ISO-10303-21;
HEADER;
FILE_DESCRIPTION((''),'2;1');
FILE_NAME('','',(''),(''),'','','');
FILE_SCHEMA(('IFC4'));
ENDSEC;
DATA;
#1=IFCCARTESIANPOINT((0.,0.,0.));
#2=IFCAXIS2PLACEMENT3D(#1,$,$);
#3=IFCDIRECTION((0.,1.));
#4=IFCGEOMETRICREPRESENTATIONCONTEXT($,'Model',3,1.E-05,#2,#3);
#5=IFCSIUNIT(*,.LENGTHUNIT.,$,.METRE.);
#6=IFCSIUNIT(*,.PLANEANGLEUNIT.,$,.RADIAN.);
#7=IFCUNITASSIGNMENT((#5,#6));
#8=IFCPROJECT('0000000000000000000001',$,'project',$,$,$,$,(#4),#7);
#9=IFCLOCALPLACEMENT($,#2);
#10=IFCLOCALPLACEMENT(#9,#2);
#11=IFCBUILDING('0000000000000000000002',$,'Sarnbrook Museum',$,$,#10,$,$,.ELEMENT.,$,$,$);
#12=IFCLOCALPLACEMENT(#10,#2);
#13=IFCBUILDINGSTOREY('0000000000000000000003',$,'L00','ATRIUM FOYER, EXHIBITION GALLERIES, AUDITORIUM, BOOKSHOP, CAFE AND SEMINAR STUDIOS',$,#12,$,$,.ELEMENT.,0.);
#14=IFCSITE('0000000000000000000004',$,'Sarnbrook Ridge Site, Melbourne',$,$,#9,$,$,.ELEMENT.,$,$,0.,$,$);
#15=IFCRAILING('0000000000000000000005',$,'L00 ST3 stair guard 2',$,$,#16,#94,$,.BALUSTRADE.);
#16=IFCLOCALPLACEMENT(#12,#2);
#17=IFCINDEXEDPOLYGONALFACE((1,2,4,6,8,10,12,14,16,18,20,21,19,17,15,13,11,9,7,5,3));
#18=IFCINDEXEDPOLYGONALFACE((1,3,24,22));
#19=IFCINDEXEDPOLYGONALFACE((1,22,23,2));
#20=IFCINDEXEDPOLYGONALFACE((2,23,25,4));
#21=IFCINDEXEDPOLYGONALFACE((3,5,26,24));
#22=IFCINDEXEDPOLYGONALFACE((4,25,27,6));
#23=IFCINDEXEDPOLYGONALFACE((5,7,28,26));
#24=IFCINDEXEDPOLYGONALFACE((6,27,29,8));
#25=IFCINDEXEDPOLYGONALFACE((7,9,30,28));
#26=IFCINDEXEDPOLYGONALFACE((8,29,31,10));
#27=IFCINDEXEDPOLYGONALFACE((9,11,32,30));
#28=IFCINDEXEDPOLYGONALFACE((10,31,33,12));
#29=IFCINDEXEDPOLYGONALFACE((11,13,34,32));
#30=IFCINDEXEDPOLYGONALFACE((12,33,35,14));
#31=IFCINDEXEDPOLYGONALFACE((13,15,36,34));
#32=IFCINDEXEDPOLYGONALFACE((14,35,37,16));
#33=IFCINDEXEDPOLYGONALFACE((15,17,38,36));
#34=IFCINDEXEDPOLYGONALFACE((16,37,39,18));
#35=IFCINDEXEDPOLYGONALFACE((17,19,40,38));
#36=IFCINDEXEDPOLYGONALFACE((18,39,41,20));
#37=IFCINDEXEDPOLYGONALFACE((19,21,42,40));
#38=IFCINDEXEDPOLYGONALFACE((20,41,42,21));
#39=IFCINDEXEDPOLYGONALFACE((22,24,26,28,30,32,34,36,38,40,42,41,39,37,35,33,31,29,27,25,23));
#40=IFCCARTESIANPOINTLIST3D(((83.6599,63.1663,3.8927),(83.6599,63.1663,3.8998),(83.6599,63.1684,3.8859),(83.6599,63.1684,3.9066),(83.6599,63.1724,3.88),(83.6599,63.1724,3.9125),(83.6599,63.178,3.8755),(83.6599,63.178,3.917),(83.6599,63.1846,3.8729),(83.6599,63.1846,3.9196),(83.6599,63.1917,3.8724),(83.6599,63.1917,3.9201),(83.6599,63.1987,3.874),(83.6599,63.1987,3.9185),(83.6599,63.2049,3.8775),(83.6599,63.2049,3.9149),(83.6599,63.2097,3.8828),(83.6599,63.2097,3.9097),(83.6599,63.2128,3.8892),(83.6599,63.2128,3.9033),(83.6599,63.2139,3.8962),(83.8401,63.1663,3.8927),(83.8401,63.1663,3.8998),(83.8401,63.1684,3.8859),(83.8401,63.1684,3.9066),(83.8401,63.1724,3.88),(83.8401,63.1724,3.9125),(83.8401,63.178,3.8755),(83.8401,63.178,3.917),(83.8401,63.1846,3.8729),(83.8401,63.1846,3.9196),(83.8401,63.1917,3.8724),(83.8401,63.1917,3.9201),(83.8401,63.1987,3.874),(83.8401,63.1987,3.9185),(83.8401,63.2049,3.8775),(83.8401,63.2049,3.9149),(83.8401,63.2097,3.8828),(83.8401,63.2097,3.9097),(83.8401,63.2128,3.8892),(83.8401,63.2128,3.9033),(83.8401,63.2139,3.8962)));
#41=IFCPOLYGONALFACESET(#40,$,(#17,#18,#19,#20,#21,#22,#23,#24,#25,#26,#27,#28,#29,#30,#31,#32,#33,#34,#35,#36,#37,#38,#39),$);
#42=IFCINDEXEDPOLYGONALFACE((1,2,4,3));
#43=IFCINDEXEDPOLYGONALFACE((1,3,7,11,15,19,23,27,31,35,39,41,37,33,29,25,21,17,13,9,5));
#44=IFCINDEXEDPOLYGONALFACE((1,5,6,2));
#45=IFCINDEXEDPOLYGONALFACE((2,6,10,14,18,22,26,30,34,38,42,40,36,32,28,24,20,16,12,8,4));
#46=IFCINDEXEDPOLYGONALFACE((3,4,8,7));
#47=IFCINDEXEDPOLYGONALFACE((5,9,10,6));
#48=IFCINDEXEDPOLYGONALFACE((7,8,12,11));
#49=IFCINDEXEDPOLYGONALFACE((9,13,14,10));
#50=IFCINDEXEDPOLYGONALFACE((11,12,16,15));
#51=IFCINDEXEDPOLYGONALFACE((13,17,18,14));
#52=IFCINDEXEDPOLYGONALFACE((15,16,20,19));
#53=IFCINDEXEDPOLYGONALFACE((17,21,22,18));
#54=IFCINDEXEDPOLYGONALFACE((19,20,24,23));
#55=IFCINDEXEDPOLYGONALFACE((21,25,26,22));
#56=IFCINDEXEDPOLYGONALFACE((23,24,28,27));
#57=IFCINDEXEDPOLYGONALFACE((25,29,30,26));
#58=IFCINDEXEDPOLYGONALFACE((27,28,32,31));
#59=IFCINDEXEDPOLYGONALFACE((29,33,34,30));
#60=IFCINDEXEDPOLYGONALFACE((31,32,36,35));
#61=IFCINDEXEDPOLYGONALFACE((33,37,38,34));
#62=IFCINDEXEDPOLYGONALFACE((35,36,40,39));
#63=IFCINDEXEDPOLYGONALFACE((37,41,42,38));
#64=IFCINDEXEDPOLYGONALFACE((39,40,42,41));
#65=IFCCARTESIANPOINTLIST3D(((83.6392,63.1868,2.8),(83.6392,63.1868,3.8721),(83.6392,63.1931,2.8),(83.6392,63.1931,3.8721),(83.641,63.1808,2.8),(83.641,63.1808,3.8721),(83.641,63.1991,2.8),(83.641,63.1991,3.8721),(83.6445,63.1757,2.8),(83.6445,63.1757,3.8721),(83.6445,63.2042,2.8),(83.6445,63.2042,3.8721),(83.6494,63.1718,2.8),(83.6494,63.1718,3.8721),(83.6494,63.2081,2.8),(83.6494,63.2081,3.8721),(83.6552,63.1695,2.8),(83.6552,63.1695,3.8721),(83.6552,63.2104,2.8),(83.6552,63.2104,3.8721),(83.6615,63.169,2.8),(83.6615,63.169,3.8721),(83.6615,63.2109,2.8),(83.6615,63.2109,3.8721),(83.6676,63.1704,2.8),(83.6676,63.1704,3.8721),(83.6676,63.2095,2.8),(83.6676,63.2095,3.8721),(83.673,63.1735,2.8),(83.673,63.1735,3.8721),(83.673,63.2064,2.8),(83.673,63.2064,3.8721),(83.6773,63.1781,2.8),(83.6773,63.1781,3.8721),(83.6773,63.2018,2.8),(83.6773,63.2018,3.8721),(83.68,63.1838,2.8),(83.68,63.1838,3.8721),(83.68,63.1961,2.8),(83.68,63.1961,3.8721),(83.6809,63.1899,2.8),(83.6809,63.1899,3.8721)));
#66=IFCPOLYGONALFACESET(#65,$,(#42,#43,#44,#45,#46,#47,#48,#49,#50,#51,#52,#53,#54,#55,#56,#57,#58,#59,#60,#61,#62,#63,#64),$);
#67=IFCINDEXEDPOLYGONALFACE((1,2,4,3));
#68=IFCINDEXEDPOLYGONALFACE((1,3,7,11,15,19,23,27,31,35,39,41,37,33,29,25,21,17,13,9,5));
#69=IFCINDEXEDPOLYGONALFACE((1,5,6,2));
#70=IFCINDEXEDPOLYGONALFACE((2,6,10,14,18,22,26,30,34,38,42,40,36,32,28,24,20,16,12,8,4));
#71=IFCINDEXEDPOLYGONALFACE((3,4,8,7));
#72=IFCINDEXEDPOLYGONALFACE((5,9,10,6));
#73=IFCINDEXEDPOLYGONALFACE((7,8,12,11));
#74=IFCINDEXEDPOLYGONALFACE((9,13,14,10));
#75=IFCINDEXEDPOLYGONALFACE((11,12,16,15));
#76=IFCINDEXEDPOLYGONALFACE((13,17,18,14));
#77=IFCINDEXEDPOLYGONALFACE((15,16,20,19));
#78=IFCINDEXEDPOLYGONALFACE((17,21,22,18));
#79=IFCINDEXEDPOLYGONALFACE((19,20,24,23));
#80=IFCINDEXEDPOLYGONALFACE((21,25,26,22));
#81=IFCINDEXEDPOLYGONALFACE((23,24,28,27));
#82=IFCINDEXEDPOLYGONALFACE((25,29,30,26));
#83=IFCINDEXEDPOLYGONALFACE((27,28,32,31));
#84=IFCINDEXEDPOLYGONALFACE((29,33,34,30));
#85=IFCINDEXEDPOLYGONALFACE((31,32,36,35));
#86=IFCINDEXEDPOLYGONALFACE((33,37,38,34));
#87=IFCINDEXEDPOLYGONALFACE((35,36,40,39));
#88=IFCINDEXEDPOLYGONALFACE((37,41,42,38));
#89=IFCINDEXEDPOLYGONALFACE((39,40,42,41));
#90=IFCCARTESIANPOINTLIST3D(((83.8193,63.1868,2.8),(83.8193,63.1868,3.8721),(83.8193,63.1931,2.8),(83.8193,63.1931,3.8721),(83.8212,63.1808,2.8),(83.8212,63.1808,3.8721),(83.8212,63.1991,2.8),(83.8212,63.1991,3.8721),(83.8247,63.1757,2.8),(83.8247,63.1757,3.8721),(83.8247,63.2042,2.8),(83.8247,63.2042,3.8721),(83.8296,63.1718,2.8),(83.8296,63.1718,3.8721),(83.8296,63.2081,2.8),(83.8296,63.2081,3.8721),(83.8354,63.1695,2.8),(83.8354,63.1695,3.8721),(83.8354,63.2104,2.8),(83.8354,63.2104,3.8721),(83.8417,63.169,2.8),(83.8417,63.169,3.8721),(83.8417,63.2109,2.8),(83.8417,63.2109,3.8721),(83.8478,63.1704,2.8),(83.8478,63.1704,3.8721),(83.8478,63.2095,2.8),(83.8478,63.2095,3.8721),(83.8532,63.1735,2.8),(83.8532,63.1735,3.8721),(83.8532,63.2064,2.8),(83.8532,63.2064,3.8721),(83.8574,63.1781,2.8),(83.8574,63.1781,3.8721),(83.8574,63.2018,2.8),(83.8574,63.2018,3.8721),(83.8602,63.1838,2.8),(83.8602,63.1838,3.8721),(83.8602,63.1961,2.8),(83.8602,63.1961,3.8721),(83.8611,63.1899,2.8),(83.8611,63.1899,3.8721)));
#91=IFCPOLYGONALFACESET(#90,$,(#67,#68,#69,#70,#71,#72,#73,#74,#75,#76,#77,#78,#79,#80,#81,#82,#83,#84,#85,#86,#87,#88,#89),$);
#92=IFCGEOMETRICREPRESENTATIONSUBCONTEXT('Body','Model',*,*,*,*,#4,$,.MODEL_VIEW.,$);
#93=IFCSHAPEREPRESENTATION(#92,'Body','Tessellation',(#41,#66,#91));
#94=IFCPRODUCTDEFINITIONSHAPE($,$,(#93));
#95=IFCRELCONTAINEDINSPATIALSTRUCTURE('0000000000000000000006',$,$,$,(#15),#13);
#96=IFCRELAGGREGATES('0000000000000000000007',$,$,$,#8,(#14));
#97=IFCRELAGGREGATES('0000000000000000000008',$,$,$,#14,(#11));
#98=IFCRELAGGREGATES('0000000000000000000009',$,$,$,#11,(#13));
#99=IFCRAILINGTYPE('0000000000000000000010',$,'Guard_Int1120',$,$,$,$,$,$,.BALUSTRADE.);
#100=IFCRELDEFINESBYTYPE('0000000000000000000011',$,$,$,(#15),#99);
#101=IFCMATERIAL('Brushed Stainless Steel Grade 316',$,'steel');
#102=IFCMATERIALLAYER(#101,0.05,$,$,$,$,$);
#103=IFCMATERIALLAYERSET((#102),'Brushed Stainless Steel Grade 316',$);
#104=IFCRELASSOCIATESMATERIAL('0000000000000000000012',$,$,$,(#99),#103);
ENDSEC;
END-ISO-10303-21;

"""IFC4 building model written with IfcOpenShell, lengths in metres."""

from ifc_helpers import new_model, si_unit, direction, frame, origin, origin_2d, place, context, subcontext, project, spatial, circle, extrude, material, layer, layer_set, type_object, element, save


model = new_model("IFC4")

# Units and contexts
model_context = context("Model", 3, precision=1e-05, world=origin(), true_north=direction((0.0, 1.0)))
body_context = subcontext(model_context, "Body", "Model", "MODEL_VIEW")
ifc_project = project(units=[si_unit("LENGTHUNIT", "METRE"), si_unit("PLANEANGLEUNIT", "RADIAN")], contexts=[model_context])

# Site, building, storey
site_placement = place(None, origin())
site = spatial("IfcSite", under=ifc_project, at=site_placement, Name="Sarnbrook Ridge Site, Melbourne", CompositionType="ELEMENT", RefElevation=0.0)
building_placement = place(site_placement, origin())
building = spatial("IfcBuilding", under=site, at=building_placement, Name="Sarnbrook Museum", CompositionType="ELEMENT")
storey_placement = place(building_placement, origin())
storey = spatial("IfcBuildingStorey", under=building, at=storey_placement, Name="L00", Description="ATRIUM FOYER, EXHIBITION GALLERIES, AUDITORIUM, BOOKSHOP, CAFE AND SEMINAR STUDIOS", CompositionType="ELEMENT", Elevation=0.0)

# Shared definitions
ifc_material_1 = material(Name="Brushed Stainless Steel Grade 316", Category="steel")

# Railing
ifc_layer_1 = layer(ifc_material_1, 0.05)
ifc_layer_set_1 = layer_set([ifc_layer_1], Name="Brushed Stainless Steel Grade 316")
railing_type_1 = type_object("IfcRailingType", Name="Guard_Int1120", PredefinedType="BALUSTRADE", material=ifc_layer_set_1)
railing_1_placement = place(storey_placement, frame((83.6599, 63.1899, 2.8)))
element("IfcRailing", 1, at=railing_1_placement, inside=storey, type_object=railing_type_1, Name="L00 ST3 stair guard 2", PredefinedType="BALUSTRADE", context=body_context, shape_type="SweptSolid", body=[
    extrude(circle(Radius=0.0239, at=origin_2d()), frame((0.0, 0.0, 1.0962), z_axis=(1.0, 0.0, 0.0), x_axis=(0.0, 1.0, 0.0)), (0.0, 0.0, 1.0), 0.1802),
    extrude(circle(Radius=0.021, at=origin_2d()), origin(), (0.0, 0.0, 1.0), 1.072),
    extrude(circle(Radius=0.021, at=origin_2d()), frame((0.1802, 0.0, 0.0)), (0.0, 0.0, 1.0), 1.072),
])

save(model, "model.ifc")
